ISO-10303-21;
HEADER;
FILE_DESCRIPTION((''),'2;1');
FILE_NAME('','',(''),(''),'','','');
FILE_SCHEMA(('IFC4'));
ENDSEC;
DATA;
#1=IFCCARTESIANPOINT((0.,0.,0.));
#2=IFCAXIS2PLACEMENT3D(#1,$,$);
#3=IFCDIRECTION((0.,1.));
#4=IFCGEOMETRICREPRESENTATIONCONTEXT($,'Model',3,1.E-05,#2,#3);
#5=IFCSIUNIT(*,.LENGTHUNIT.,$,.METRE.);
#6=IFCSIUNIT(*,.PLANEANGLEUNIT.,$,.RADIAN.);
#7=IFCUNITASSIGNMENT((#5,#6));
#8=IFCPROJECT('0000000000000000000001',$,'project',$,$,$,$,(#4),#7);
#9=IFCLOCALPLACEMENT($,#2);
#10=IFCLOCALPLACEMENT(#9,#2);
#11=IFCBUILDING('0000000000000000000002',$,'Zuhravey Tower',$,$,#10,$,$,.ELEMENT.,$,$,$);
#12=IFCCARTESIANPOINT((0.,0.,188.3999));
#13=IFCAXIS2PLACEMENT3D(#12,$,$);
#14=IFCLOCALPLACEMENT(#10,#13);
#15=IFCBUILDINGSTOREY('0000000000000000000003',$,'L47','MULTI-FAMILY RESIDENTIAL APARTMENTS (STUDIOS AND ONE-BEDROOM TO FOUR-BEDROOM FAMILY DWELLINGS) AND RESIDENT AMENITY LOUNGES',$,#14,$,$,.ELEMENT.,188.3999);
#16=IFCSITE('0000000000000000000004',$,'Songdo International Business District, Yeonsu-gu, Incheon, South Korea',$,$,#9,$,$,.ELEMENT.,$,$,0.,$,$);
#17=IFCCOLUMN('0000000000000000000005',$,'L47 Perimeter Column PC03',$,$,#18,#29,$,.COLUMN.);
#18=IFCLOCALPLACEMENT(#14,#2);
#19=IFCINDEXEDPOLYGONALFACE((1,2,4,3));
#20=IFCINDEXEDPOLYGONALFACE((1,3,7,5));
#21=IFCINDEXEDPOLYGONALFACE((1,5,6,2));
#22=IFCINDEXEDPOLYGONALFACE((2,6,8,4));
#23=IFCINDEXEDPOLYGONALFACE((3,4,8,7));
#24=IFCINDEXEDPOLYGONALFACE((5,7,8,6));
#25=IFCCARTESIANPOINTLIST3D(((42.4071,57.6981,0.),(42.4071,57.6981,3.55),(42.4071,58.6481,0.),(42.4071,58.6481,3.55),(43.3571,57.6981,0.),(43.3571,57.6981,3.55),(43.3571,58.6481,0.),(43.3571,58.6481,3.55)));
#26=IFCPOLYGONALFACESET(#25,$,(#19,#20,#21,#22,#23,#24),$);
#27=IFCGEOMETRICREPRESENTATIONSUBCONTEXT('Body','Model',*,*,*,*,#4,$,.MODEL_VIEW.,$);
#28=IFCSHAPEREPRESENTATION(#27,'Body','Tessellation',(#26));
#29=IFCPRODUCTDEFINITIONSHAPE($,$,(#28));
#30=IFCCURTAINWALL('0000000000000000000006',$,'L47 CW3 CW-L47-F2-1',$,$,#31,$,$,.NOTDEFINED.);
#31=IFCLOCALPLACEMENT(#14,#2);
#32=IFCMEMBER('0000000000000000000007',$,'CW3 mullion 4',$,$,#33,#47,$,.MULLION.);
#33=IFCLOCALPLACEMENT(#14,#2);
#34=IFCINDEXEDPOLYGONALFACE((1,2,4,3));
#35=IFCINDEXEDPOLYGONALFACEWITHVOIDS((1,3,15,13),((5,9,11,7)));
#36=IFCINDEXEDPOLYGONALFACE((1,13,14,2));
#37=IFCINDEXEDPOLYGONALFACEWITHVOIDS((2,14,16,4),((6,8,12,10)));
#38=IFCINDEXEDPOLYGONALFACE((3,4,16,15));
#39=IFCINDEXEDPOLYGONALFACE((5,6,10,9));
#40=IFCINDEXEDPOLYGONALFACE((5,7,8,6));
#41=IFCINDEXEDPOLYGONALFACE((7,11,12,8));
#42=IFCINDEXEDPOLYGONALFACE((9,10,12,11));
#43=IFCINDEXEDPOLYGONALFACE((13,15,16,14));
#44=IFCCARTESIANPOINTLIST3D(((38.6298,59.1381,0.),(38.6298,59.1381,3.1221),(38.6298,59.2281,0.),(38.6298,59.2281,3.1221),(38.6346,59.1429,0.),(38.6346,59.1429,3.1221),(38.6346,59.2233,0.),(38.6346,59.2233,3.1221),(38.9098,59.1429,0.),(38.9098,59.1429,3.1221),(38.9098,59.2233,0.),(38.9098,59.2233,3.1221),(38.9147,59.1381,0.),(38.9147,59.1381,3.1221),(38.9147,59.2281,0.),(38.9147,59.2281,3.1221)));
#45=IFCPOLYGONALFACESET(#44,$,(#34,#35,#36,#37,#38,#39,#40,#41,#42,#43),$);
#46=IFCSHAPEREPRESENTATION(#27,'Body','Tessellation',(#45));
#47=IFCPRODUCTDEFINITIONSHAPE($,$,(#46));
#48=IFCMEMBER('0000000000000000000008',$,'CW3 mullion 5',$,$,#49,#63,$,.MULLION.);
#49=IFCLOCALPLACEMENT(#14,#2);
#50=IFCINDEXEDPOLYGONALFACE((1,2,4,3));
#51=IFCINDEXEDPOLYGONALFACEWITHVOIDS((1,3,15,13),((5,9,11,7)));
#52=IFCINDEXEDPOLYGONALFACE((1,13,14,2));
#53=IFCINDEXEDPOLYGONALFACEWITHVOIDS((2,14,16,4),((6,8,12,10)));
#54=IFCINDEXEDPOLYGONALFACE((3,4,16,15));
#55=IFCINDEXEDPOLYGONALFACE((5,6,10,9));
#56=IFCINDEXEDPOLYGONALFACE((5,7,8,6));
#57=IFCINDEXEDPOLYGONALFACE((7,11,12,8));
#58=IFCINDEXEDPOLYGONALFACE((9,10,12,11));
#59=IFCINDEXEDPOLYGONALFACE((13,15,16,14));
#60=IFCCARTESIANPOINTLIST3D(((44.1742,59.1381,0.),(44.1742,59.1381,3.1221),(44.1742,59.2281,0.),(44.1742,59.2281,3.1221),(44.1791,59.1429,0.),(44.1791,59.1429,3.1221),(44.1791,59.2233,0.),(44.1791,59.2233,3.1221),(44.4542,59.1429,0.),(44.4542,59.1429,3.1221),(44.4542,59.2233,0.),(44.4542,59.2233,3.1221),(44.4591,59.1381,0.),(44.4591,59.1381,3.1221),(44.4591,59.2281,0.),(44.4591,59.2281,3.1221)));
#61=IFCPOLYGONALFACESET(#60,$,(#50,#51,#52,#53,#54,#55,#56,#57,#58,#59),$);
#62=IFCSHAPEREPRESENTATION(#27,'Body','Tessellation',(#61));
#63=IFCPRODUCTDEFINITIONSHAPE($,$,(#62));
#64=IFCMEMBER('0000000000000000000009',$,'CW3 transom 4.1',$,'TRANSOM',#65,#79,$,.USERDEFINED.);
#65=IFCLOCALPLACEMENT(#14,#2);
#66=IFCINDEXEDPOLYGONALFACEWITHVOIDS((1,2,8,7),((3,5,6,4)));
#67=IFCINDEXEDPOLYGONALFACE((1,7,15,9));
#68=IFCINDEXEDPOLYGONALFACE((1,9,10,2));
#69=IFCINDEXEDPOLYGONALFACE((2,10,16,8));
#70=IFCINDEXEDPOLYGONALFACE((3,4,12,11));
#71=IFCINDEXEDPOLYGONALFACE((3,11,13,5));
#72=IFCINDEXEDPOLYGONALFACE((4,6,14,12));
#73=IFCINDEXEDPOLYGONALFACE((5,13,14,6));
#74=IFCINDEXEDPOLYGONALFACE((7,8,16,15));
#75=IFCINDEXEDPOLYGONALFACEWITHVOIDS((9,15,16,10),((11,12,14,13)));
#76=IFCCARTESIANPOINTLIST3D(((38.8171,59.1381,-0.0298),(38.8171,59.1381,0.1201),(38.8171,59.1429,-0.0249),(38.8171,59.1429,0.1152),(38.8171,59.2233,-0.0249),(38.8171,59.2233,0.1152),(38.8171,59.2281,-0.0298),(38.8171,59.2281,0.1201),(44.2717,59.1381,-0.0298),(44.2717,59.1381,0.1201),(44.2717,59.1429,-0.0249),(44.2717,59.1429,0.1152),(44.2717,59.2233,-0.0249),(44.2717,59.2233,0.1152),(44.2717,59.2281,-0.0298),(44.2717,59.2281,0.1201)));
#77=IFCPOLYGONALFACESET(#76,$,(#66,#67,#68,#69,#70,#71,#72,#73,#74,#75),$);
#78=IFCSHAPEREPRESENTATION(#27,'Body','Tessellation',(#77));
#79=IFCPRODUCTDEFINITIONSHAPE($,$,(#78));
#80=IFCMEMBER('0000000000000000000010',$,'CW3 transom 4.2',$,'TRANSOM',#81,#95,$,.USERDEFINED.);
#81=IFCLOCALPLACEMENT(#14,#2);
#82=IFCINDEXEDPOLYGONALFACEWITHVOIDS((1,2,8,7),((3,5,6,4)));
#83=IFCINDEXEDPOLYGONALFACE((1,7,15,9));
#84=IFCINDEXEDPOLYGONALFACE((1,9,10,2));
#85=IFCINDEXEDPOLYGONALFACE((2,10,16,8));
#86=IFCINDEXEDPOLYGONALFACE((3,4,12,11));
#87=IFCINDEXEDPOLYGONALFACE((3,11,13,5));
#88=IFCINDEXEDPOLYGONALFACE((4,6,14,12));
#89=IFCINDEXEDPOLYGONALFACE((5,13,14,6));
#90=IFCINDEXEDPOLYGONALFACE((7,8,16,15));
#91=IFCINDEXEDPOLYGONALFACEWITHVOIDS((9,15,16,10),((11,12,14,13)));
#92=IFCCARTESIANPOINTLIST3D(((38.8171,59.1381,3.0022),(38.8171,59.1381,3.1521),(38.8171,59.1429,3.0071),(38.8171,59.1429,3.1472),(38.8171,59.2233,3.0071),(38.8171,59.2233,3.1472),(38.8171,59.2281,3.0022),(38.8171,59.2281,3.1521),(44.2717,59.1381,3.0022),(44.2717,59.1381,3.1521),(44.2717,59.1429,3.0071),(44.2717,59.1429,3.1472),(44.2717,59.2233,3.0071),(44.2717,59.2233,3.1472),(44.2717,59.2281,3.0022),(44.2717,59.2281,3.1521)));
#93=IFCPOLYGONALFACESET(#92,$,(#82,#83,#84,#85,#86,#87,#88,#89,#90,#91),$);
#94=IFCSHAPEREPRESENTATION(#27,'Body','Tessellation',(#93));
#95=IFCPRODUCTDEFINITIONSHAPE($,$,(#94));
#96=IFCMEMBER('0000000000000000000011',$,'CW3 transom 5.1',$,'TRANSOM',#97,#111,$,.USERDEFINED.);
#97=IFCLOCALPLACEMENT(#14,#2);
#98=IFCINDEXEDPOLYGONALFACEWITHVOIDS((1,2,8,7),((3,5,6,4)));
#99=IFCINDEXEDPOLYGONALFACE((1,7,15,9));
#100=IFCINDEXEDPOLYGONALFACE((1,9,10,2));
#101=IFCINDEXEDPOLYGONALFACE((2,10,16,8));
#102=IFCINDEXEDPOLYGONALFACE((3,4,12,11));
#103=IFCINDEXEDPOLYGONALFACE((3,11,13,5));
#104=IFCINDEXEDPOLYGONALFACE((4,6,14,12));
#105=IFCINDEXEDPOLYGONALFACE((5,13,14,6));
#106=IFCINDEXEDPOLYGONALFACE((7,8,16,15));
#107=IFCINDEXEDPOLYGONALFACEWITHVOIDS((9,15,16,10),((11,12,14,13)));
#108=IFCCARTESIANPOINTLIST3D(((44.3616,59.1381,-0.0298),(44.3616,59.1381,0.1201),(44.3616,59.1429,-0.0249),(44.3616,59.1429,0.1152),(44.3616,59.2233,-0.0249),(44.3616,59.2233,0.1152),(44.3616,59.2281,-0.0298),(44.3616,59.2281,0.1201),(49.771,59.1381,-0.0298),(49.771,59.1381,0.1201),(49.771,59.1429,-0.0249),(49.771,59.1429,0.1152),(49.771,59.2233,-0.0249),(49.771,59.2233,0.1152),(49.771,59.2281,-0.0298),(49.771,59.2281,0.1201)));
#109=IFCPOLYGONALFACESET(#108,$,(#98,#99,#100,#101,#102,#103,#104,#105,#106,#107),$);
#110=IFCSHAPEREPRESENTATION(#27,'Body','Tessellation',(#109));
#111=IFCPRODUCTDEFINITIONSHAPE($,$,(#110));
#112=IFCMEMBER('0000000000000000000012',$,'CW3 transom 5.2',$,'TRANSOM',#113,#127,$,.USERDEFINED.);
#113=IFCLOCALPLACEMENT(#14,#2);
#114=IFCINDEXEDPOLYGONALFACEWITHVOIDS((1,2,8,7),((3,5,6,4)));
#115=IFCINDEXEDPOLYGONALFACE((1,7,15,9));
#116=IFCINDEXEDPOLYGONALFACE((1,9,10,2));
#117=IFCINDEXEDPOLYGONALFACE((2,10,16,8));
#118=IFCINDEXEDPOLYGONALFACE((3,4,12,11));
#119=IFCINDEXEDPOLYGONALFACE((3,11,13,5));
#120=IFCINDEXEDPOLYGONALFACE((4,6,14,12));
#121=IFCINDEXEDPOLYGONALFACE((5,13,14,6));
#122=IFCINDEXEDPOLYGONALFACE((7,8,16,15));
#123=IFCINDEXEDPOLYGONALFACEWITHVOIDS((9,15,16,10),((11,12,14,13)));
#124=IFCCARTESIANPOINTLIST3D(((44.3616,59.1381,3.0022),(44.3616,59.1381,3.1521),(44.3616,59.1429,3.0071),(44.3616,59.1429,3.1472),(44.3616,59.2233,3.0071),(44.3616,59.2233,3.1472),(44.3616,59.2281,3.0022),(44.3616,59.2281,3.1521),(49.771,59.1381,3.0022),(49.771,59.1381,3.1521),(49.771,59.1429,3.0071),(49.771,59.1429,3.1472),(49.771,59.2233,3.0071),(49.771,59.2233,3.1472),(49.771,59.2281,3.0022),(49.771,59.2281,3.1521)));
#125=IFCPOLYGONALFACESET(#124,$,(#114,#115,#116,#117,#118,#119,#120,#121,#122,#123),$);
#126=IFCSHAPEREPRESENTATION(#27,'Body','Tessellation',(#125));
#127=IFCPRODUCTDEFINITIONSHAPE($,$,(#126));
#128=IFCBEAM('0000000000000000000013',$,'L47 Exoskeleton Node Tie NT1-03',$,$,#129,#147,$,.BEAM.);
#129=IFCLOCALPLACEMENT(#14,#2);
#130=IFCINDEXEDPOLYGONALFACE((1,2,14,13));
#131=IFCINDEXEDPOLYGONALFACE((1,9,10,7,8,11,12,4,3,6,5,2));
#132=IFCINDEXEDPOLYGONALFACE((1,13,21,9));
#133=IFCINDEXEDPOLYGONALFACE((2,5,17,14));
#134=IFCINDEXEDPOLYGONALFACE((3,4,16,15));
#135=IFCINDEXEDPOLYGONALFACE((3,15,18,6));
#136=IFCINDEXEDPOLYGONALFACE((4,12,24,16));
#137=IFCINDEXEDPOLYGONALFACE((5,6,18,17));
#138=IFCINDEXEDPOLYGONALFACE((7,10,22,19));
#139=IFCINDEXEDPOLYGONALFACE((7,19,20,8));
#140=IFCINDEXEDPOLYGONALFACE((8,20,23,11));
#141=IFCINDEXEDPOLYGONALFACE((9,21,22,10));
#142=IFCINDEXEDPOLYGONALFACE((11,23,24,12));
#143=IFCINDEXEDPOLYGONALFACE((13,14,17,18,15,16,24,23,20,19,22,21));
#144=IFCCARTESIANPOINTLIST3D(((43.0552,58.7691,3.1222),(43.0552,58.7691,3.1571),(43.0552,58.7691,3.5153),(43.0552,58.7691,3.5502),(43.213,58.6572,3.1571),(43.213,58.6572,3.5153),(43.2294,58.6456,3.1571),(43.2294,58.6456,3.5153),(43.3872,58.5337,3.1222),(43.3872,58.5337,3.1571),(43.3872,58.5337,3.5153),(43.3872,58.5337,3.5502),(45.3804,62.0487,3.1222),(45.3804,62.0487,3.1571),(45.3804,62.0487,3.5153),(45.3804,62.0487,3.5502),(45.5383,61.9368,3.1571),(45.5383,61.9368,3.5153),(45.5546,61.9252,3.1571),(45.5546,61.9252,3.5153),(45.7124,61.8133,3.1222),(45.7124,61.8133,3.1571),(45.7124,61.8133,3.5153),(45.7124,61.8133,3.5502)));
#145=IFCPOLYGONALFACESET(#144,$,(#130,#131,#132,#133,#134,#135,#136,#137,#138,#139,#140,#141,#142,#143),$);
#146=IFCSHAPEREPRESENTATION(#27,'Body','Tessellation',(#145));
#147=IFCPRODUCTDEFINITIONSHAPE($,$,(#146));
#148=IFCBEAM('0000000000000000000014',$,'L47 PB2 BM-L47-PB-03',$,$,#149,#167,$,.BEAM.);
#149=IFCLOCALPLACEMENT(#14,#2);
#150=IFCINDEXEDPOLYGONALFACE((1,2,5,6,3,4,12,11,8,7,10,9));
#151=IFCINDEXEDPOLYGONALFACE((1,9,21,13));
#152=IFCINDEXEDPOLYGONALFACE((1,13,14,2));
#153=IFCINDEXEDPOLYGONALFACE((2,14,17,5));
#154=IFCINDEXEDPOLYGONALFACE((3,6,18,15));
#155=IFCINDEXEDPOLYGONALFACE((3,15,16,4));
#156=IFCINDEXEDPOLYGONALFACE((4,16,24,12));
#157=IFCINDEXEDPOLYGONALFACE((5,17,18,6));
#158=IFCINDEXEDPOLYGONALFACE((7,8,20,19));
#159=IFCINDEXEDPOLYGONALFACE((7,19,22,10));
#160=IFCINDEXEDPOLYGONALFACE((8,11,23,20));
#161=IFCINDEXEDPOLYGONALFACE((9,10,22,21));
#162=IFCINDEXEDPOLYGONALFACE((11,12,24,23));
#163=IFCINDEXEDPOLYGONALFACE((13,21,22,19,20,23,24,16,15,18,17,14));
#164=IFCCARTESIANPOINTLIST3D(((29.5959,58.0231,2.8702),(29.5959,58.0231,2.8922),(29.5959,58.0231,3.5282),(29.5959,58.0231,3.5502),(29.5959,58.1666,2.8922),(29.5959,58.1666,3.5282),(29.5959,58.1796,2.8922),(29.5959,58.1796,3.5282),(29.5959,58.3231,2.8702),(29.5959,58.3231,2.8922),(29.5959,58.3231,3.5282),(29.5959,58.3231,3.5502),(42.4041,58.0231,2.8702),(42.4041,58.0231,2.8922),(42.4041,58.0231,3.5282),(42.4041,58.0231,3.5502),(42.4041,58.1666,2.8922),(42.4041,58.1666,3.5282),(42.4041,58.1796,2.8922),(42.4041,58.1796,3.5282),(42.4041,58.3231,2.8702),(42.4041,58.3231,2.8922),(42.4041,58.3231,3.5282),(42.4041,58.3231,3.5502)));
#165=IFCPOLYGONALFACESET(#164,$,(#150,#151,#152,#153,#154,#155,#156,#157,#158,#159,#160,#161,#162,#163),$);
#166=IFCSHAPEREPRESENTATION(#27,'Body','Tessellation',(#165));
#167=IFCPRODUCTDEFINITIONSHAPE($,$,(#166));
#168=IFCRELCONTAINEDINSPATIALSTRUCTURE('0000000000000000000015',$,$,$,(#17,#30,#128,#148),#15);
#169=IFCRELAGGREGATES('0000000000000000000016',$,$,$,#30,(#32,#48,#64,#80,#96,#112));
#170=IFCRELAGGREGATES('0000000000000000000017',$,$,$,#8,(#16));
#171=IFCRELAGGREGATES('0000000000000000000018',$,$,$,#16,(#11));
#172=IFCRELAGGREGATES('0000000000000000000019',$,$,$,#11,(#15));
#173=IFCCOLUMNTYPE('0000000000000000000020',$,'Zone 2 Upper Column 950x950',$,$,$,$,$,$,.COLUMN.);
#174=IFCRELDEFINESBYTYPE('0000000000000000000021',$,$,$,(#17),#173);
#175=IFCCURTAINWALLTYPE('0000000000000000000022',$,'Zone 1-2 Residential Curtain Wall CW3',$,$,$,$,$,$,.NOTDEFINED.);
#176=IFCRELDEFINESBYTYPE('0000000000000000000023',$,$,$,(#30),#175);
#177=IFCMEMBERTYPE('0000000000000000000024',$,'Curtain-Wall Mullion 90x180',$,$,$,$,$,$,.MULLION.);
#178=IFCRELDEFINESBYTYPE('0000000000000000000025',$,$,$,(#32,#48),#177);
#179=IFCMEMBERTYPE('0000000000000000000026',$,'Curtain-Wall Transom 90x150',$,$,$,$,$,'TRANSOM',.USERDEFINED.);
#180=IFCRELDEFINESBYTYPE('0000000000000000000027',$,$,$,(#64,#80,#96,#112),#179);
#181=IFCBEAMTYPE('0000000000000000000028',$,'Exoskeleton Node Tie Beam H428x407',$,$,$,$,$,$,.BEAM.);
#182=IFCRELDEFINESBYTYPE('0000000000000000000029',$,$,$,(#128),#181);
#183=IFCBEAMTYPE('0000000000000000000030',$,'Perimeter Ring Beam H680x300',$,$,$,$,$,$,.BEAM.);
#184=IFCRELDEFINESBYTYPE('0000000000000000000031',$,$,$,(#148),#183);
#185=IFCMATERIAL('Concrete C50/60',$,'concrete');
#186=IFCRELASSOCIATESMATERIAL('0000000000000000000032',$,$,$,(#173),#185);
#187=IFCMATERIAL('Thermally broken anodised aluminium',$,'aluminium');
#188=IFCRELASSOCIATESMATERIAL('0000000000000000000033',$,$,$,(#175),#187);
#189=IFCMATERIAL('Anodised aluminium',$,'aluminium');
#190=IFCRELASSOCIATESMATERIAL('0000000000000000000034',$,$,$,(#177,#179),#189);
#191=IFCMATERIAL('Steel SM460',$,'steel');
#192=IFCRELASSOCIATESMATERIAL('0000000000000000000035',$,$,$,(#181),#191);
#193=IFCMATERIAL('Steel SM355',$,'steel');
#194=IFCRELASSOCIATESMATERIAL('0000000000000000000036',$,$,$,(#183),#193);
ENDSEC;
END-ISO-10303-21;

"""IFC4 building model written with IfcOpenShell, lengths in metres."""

from ifc_helpers import new_model, si_unit, direction, frame, origin, origin_2d, place, context, subcontext, project, spatial, rectangle, hollow_rectangle, i_section, extrude, material, material_profile, profile_set, type_object, element, aggregate, save


model = new_model("IFC4")

# Units and contexts
model_context = context("Model", 3, precision=1e-05, world=origin(), true_north=direction((0.0, 1.0)))
body_context = subcontext(model_context, "Body", "Model", "MODEL_VIEW")
ifc_project = project(units=[si_unit("LENGTHUNIT", "METRE"), si_unit("PLANEANGLEUNIT", "RADIAN")], contexts=[model_context])

# Site, building, storey
site_placement = place(None, origin())
site = spatial("IfcSite", under=ifc_project, at=site_placement, Name="Songdo International Business District, Yeonsu-gu, Incheon, South Korea", CompositionType="ELEMENT", RefElevation=0.0)
building_placement = place(site_placement, origin())
building = spatial("IfcBuilding", under=site, at=building_placement, Name="Zuhravey Tower", CompositionType="ELEMENT")
storey_placement = place(building_placement, frame((0.0, 0.0, 188.3999)))
storey = spatial("IfcBuildingStorey", under=building, at=storey_placement, Name="L47", Description="MULTI-FAMILY RESIDENTIAL APARTMENTS (STUDIOS AND ONE-BEDROOM TO FOUR-BEDROOM FAMILY DWELLINGS) AND RESIDENT AMENITY LOUNGES", CompositionType="ELEMENT", Elevation=188.3999)

# Column
ifc_material_1 = material(Name="Concrete C50/60", Category="concrete")
ifc_material_profile_1 = material_profile(ifc_material_1, rectangle(XDim=0.95, YDim=0.95, at=origin_2d()), Name="RC-950x950")
ifc_profile_set_1 = profile_set([ifc_material_profile_1], Name="Concrete C50/60")
column_type = type_object("IfcColumnType", Name="Zone 2 Upper Column 950x950", PredefinedType="COLUMN", material=ifc_profile_set_1)
column_placement = place(storey_placement, frame((42.8821, 58.1731, 0.0), z_axis=(0.0, 0.0, 1.0), x_axis=(-1.0, 0.0, 0.0)))
element("IfcColumn", 1, at=column_placement, inside=storey, type_object=column_type, Name="L47 Perimeter Column PC03", PredefinedType="COLUMN", context=body_context, shape_type="SweptSolid", body=[
    extrude(rectangle(XDim=0.95, YDim=0.95, at=origin_2d()), origin(), (0.0, 0.0, 1.0), 3.55),
])

# Curtain wall, members
ifc_material_2 = material(Name="Thermally broken anodised aluminium", Category="aluminium")
curtain_wall_type = type_object("IfcCurtainWallType", Name="Zone 1-2 Residential Curtain Wall CW3", PredefinedType="NOTDEFINED", material=ifc_material_2)
curtain_wall_placement = place(storey_placement, origin())
curtain_wall = element("IfcCurtainWall", 2, at=curtain_wall_placement, inside=storey, type_object=curtain_wall_type, Name="L47 CW3 CW-L47-F2-1", PredefinedType="NOTDEFINED")
ifc_material_3 = material(Name="Anodised aluminium", Category="aluminium")
ifc_material_profile_2 = material_profile(ifc_material_3, hollow_rectangle(XDim=0.0901, YDim=0.2849, WallThickness=0.0049, at=origin_2d()), Name="ALU-RHS-90x285x5")
ifc_profile_set_2 = profile_set([ifc_material_profile_2], Name="Anodised aluminium")
member_type_1 = type_object("IfcMemberType", Name="Curtain-Wall Mullion 90x180", PredefinedType="MULLION", material=ifc_profile_set_2)
member_1_placement = place(storey_placement, frame((38.7722, 59.1831, 0.0), z_axis=(0.0, 0.0, 1.0), x_axis=(0.0, 1.0, 0.0)))
member_1 = element("IfcMember", 3, at=member_1_placement, type_object=member_type_1, Name="CW3 mullion 4", PredefinedType="MULLION", context=body_context, shape_type="SweptSolid", body=[
    extrude(hollow_rectangle(XDim=0.0901, YDim=0.2849, WallThickness=0.0049, at=origin_2d()), origin(), (0.0, 0.0, 1.0), 3.1221),
])
member_2_placement = place(storey_placement, frame((44.3167, 59.1831, 0.0), z_axis=(0.0, 0.0, 1.0), x_axis=(0.0, 1.0, 0.0)))
member_2 = element("IfcMember", 4, at=member_2_placement, type_object=member_type_1, Name="CW3 mullion 5", PredefinedType="MULLION", context=body_context, shape_type="SweptSolid", body=[
    extrude(hollow_rectangle(XDim=0.0901, YDim=0.2849, WallThickness=0.0049, at=origin_2d()), origin(), (0.0, 0.0, 1.0), 3.1221),
])
ifc_material_profile_3 = material_profile(ifc_material_3, hollow_rectangle(XDim=0.0901, YDim=0.1499, WallThickness=0.0049, at=origin_2d()), Name="ALU-RHS-90x150x5")
ifc_profile_set_3 = profile_set([ifc_material_profile_3], Name="Anodised aluminium")
member_type_2 = type_object("IfcMemberType", Name="Curtain-Wall Transom 90x150", ElementType="TRANSOM", PredefinedType="USERDEFINED", material=ifc_profile_set_3)
member_3_placement = place(storey_placement, frame((38.8171, 59.1831, 0.0452), z_axis=(1.0, 0.0, 0.0), x_axis=(0.0, 1.0, 0.0)))
member_3 = element("IfcMember", 5, at=member_3_placement, type_object=member_type_2, Name="CW3 transom 4.1", ObjectType="TRANSOM", PredefinedType="USERDEFINED", context=body_context, shape_type="SweptSolid", body=[
    extrude(hollow_rectangle(XDim=0.0901, YDim=0.1499, WallThickness=0.0049, at=origin_2d()), origin(), (0.0, 0.0, 1.0), 5.4546),
])
member_4_placement = place(storey_placement, frame((38.8171, 59.1831, 3.0771), z_axis=(1.0, 0.0, 0.0), x_axis=(0.0, 1.0, 0.0)))
member_4 = element("IfcMember", 6, at=member_4_placement, type_object=member_type_2, Name="CW3 transom 4.2", ObjectType="TRANSOM", PredefinedType="USERDEFINED", context=body_context, shape_type="SweptSolid", body=[
    extrude(hollow_rectangle(XDim=0.0901, YDim=0.1499, WallThickness=0.0049, at=origin_2d()), origin(), (0.0, 0.0, 1.0), 5.4546),
])
member_5_placement = place(storey_placement, frame((44.3616, 59.1831, 0.0452), z_axis=(1.0, 0.0, 0.0), x_axis=(0.0, 1.0, 0.0)))
member_5 = element("IfcMember", 7, at=member_5_placement, type_object=member_type_2, Name="CW3 transom 5.1", ObjectType="TRANSOM", PredefinedType="USERDEFINED", context=body_context, shape_type="SweptSolid", body=[
    extrude(hollow_rectangle(XDim=0.0901, YDim=0.1499, WallThickness=0.0049, at=origin_2d()), origin(), (0.0, 0.0, 1.0), 5.4094),
])
member_6_placement = place(storey_placement, frame((44.3616, 59.1831, 3.0771), z_axis=(1.0, 0.0, 0.0), x_axis=(0.0, 1.0, 0.0)))
member_6 = element("IfcMember", 8, at=member_6_placement, type_object=member_type_2, Name="CW3 transom 5.2", ObjectType="TRANSOM", PredefinedType="USERDEFINED", context=body_context, shape_type="SweptSolid", body=[
    extrude(hollow_rectangle(XDim=0.0901, YDim=0.1499, WallThickness=0.0049, at=origin_2d()), origin(), (0.0, 0.0, 1.0), 5.4094),
])

# Beams
ifc_material_4 = material(Name="Steel SM460", Category="steel")
ifc_material_profile_4 = material_profile(ifc_material_4, i_section(OverallWidth=0.407, OverallDepth=0.428, WebThickness=0.02, FlangeThickness=0.0349, at=origin_2d()), Name="H-428x407x20x35")
ifc_profile_set_4 = profile_set([ifc_material_profile_4], Name="Steel SM460")
beam_type_1 = type_object("IfcBeamType", Name="Exoskeleton Node Tie Beam H428x407", PredefinedType="BEAM", material=ifc_profile_set_4)
beam_1_placement = place(storey_placement, frame((43.2212, 58.6514, 3.3362), z_axis=(0.57838, 0.815768, 0.0), x_axis=(-0.815768, 0.57838, 0.0)))
element("IfcBeam", 9, at=beam_1_placement, inside=storey, type_object=beam_type_1, Name="L47 Exoskeleton Node Tie NT1-03", PredefinedType="BEAM", context=body_context, shape_type="SweptSolid", body=[
    extrude(i_section(OverallWidth=0.407, OverallDepth=0.428, WebThickness=0.02, FlangeThickness=0.0349, at=origin_2d()), origin(), (0.0, 0.0, 1.0), 4.0203),
])
ifc_material_5 = material(Name="Steel SM355", Category="steel")
ifc_material_profile_5 = material_profile(ifc_material_5, i_section(OverallWidth=0.3, OverallDepth=0.6799, WebThickness=0.0129, FlangeThickness=0.022, at=origin_2d()), Name="H-680x300x13x22")
ifc_profile_set_5 = profile_set([ifc_material_profile_5], Name="Steel SM355")
beam_type_2 = type_object("IfcBeamType", Name="Perimeter Ring Beam H680x300", PredefinedType="BEAM", material=ifc_profile_set_5)
beam_2_placement = place(storey_placement, frame((42.4041, 58.1731, 3.2102), z_axis=(-1.0, 0.0, 0.0), x_axis=(0.0, -1.0, 0.0)))
element("IfcBeam", 10, at=beam_2_placement, inside=storey, type_object=beam_type_2, Name="L47 PB2 BM-L47-PB-03", PredefinedType="BEAM", context=body_context, shape_type="SweptSolid", body=[
    extrude(i_section(OverallWidth=0.3, OverallDepth=0.6799, WebThickness=0.0129, FlangeThickness=0.022, at=origin_2d()), origin(), (0.0, 0.0, 1.0), 12.8081),
])

aggregate(curtain_wall, [member_1, member_2, member_3, member_4, member_5, member_6])

save(model, "model.ifc")
